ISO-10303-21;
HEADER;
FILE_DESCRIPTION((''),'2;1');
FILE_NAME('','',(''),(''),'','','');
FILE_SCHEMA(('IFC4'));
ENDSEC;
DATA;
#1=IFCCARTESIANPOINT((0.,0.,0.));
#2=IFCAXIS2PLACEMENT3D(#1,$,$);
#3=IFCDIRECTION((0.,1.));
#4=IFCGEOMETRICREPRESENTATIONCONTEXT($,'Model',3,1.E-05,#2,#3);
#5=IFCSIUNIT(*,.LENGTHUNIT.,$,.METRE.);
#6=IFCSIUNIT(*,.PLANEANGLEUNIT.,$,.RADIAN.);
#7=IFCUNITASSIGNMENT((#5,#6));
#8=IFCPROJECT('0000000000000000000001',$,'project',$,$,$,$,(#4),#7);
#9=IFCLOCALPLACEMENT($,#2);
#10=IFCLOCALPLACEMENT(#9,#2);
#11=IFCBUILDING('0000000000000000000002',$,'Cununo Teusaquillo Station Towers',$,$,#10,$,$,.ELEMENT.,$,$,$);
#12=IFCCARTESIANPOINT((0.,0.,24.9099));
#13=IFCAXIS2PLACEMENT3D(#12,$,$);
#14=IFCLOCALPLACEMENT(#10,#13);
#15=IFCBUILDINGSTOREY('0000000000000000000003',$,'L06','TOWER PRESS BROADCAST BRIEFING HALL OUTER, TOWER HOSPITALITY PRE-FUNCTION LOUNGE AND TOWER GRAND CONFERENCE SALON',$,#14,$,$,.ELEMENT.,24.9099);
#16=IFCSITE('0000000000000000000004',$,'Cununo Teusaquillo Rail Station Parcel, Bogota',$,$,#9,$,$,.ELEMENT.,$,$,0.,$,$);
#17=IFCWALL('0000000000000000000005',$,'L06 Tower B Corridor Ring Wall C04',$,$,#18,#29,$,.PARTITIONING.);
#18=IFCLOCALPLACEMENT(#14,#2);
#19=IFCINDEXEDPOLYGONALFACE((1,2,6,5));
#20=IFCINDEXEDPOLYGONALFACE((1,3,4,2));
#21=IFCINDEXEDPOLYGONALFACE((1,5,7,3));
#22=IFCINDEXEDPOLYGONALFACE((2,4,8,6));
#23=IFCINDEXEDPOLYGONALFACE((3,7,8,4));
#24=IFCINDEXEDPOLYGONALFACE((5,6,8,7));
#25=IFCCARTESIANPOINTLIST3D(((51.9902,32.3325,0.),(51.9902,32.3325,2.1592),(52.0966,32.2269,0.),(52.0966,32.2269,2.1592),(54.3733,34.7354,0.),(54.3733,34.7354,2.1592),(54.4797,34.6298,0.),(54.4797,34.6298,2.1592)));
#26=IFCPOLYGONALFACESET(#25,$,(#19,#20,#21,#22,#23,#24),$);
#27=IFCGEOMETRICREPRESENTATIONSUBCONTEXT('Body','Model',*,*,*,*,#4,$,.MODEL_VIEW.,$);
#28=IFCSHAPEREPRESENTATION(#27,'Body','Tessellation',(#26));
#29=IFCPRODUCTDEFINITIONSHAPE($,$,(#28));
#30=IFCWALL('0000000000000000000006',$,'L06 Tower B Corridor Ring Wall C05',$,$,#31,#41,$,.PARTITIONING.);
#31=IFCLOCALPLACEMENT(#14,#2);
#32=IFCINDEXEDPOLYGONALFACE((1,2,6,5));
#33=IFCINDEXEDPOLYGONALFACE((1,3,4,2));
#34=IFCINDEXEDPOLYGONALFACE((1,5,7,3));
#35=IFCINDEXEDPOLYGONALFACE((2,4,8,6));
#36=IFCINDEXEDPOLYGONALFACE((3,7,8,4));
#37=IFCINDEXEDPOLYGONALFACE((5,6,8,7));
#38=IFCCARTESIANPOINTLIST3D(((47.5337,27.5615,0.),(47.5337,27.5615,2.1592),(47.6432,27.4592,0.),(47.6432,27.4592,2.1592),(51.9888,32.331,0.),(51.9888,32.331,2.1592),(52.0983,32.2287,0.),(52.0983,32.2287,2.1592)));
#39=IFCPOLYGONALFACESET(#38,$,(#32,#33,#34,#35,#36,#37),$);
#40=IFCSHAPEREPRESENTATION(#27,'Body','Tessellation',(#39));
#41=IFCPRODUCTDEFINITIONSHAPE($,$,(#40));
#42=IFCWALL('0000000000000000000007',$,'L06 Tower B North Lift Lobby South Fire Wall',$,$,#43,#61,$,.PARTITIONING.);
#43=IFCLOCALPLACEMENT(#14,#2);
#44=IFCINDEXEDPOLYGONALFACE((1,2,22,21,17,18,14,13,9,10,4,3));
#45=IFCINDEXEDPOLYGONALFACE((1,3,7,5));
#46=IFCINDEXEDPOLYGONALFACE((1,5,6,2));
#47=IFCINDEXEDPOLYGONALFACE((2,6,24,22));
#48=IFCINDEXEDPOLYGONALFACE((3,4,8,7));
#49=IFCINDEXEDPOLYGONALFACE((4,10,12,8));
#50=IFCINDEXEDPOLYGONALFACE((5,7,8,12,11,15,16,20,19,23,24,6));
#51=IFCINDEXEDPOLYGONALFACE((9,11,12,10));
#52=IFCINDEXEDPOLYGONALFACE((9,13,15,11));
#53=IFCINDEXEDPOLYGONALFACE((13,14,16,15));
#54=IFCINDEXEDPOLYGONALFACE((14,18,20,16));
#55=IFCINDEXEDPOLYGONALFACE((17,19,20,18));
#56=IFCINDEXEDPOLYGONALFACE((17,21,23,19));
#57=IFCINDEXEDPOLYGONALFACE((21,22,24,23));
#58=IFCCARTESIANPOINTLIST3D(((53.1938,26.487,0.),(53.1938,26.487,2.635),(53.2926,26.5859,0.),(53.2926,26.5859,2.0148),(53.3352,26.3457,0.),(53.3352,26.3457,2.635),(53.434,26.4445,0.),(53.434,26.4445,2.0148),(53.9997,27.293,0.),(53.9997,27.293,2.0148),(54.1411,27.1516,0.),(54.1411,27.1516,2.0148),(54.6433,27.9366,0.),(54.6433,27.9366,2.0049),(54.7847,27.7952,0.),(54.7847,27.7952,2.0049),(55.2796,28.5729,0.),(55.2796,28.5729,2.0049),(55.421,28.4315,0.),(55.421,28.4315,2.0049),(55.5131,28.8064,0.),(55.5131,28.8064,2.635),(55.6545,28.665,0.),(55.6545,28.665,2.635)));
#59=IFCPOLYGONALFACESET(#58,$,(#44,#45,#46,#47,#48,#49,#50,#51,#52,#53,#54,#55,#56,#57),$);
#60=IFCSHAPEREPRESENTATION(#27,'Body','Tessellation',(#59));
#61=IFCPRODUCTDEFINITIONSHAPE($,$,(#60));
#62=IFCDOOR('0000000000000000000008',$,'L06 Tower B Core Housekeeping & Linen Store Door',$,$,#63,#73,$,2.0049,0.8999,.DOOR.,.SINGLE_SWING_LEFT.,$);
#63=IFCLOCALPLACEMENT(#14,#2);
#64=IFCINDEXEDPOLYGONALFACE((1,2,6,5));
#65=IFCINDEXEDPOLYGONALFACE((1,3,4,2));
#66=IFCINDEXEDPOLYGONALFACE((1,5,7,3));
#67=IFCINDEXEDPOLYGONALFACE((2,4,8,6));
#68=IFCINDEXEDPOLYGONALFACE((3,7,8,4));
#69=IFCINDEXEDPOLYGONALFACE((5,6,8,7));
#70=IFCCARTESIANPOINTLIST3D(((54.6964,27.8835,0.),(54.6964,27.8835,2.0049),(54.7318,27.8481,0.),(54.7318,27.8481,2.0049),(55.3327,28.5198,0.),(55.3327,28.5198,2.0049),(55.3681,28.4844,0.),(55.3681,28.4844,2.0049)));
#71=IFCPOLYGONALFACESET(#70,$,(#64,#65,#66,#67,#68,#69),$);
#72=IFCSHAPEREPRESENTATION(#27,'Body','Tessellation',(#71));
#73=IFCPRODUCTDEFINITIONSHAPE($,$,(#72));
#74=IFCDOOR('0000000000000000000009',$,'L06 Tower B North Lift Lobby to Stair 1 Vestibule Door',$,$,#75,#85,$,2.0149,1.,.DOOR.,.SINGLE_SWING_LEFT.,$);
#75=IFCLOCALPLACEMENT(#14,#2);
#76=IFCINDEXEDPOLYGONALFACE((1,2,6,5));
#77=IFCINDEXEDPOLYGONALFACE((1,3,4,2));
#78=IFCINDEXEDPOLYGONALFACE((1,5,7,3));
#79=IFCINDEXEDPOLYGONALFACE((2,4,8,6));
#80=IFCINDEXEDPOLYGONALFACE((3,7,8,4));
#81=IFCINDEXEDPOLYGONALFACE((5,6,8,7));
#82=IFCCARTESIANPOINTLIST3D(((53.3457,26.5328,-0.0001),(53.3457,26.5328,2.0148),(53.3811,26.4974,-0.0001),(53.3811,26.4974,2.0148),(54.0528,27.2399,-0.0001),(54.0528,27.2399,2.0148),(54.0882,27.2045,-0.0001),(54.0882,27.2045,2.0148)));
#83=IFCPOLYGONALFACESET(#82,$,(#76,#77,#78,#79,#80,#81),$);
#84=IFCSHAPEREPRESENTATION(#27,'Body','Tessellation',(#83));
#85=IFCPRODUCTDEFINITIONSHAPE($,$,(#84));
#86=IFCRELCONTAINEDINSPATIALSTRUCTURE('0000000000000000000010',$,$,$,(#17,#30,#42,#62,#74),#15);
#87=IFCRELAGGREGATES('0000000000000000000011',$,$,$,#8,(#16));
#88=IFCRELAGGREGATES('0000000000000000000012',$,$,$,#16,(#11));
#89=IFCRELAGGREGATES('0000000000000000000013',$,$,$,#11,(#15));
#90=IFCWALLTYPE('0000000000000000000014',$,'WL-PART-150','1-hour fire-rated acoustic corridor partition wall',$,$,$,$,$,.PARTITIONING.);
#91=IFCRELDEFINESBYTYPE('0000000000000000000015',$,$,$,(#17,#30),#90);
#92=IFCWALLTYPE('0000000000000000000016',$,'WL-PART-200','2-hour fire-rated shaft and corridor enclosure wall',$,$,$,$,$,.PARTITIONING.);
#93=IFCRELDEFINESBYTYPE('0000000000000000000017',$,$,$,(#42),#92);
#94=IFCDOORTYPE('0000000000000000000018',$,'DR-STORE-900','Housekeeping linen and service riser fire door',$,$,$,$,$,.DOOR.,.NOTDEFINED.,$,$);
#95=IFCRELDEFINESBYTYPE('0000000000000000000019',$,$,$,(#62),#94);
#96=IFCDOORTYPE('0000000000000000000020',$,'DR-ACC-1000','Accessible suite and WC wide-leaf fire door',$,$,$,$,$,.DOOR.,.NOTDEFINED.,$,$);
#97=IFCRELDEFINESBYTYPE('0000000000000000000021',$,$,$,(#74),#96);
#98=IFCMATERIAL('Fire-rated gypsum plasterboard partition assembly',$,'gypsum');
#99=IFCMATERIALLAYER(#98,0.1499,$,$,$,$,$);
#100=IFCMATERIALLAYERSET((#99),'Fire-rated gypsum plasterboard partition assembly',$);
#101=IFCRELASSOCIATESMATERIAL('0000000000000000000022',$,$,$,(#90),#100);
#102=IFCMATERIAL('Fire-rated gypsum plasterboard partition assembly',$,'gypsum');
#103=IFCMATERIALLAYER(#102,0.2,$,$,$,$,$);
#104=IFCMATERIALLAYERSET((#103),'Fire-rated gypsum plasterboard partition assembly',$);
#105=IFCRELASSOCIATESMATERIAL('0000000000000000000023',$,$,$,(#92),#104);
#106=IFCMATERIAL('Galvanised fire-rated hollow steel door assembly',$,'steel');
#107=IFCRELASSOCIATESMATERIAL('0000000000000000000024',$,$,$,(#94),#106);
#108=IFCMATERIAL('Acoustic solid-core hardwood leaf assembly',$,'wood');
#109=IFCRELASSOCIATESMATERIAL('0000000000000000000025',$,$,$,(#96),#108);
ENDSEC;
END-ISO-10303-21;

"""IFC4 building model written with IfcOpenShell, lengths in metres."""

from ifc_helpers import new_model, si_unit, direction, frame, frame_2d, origin, place, context, subcontext, project, spatial, rectangle, extrude, source, transform, mapped, material, layer, layer_set, type_object, element, fill, save


model = new_model("IFC4")

# Units and contexts
model_context = context("Model", 3, precision=1e-05, world=origin(), true_north=direction((0.0, 1.0)))
body_context = subcontext(model_context, "Body", "Model", "MODEL_VIEW")
ifc_project = project(units=[si_unit("LENGTHUNIT", "METRE"), si_unit("PLANEANGLEUNIT", "RADIAN")], contexts=[model_context])

# Site, building, storey
site_placement = place(None, origin())
site = spatial("IfcSite", under=ifc_project, at=site_placement, Name="Cununo Teusaquillo Rail Station Parcel, Bogota", CompositionType="ELEMENT", RefElevation=0.0)
building_placement = place(site_placement, origin())
building = spatial("IfcBuilding", under=site, at=building_placement, Name="Cununo Teusaquillo Station Towers", CompositionType="ELEMENT")
storey_placement = place(building_placement, frame((0.0, 0.0, 24.9099)))
storey = spatial("IfcBuildingStorey", under=building, at=storey_placement, Name="L06", Description="TOWER PRESS BROADCAST BRIEFING HALL OUTER, TOWER HOSPITALITY PRE-FUNCTION LOUNGE AND TOWER GRAND CONFERENCE SALON", CompositionType="ELEMENT", Elevation=24.9099)

# Shared definitions
shared_shape_1 = source(origin(), body_context, "Body", "SweptSolid", [
    extrude(rectangle(XDim=0.8999, YDim=2.0049, at=frame_2d((0.45, 1.0024))), frame((0.0, 0.0249, 0.0), z_axis=(0.0, -1.0, 0.0), x_axis=(1.0, 0.0, 0.0)), (0.0, 0.0, 1.0), 0.05),
])
ifc_material_1 = material(Name="Fire-rated gypsum plasterboard partition assembly", Category="gypsum")
ifc_layer_1 = layer(ifc_material_1, 0.1499)
ifc_layer_set_1 = layer_set([ifc_layer_1], Name="Fire-rated gypsum plasterboard partition assembly")
wall_type_1 = type_object("IfcWallType", Name="WL-PART-150", Description="1-hour fire-rated acoustic corridor partition wall", PredefinedType="PARTITIONING", material=ifc_layer_set_1)

# Walls
wall_1_placement = place(storey_placement, frame((54.4265, 34.6826, 0.0), z_axis=(0.0, 0.0, 1.0), x_axis=(-0.704179, -0.710022, 0.0)))
element("IfcWall", 1, at=wall_1_placement, inside=storey, type_object=wall_type_1, Name="L06 Tower B Corridor Ring Wall C04", PredefinedType="PARTITIONING", context=body_context, shape_type="SweptSolid", body=[
    extrude(rectangle(XDim=3.3843, YDim=0.1499, at=frame_2d((1.6921, 0.0))), origin(), (0.0, 0.0, 1.0), 2.1592),
])
wall_2_placement = place(storey_placement, frame((52.0435, 32.2798, 0.0), z_axis=(0.0, 0.0, 1.0), x_axis=(-0.682606, -0.730787, 0.0)))
element("IfcWall", 2, at=wall_2_placement, inside=storey, type_object=wall_type_1, Name="L06 Tower B Corridor Ring Wall C05", PredefinedType="PARTITIONING", context=body_context, shape_type="SweptSolid", body=[
    extrude(rectangle(XDim=6.5266, YDim=0.1499, at=frame_2d((3.2632, 0.0))), origin(), (0.0, 0.0, 1.0), 2.1592),
])

# Wall, openings, doors
ifc_material_2 = material(Name="Fire-rated gypsum plasterboard partition assembly", Category="gypsum")
ifc_layer_2 = layer(ifc_material_2, 0.2)
ifc_layer_set_2 = layer_set([ifc_layer_2], Name="Fire-rated gypsum plasterboard partition assembly")
wall_type_2 = type_object("IfcWallType", Name="WL-PART-200", Description="2-hour fire-rated shaft and corridor enclosure wall", PredefinedType="PARTITIONING", material=ifc_layer_set_2)
wall_3_placement = place(storey_placement, frame((53.2644, 26.4163, 0.0), z_axis=(0.0, 0.0, 1.0), x_axis=(0.707107, 0.707107, 0.0)))
wall_3 = element("IfcWall", 3, at=wall_3_placement, inside=storey, type_object=wall_type_2, Name="L06 Tower B North Lift Lobby South Fire Wall", PredefinedType="PARTITIONING", context=body_context, shape_type="SweptSolid", body=[
    extrude(rectangle(XDim=3.28, YDim=0.2, at=frame_2d((1.6401, 0.0))), origin(), (0.0, 0.0, 1.0), 2.635),
])
shared_shape_2 = source(origin(), body_context, "Body", "SweptSolid", [
    extrude(rectangle(XDim=1.0, YDim=2.0149, at=frame_2d((0.5, 1.0073))), frame((0.0, 0.1099, 0.0), z_axis=(0.0, -1.0, 0.0), x_axis=(1.0, 0.0, 0.0)), (0.0, 0.0, 1.0), 0.22),
])
opening_1_placement = place(wall_3_placement, frame((0.1399, 0.0, 0.0)))
opening_1 = element("IfcOpeningElement", 4, at=opening_1_placement, cuts=wall_3, PredefinedType="OPENING", context=body_context, shape_type="MappedRepresentation", body=[
    mapped(shared_shape_2, transform((0.0, 0.0, 0.0), x_axis=(1.0, 0.0, 0.0), y_axis=(0.0, 1.0, 0.0), z_axis=(0.0, 0.0, 1.0), scale=1.0)),
])
shared_shape_3 = source(origin(), body_context, "Body", "SweptSolid", [
    extrude(rectangle(XDim=0.8999, YDim=2.0049, at=frame_2d((0.45, 1.0024))), frame((0.0, 0.1099, 0.0), z_axis=(0.0, -1.0, 0.0), x_axis=(1.0, 0.0, 0.0)), (0.0, 0.0, 1.0), 0.22),
])
opening_2_placement = place(wall_3_placement, frame((2.05, 0.0, 0.0)))
opening_2 = element("IfcOpeningElement", 5, at=opening_2_placement, cuts=wall_3, PredefinedType="OPENING", context=body_context, shape_type="MappedRepresentation", body=[
    mapped(shared_shape_3, transform((0.0, 0.0, 0.0), x_axis=(1.0, 0.0, 0.0), y_axis=(0.0, 1.0, 0.0), z_axis=(0.0, 0.0, 1.0), scale=1.0)),
])
ifc_material_3 = material(Name="Galvanised fire-rated hollow steel door assembly", Category="steel")
door_type_1 = type_object("IfcDoorType", Name="DR-STORE-900", Description="Housekeeping linen and service riser fire door", OperationType="NOTDEFINED", PredefinedType="DOOR", material=ifc_material_3)
door_1_placement = place(opening_2_placement, origin())
door_1 = element("IfcDoor", 6, at=door_1_placement, inside=storey, type_object=door_type_1, Name="L06 Tower B Core Housekeeping & Linen Store Door", OperationType="SINGLE_SWING_LEFT", OverallHeight=2.0049, OverallWidth=0.8999, PredefinedType="DOOR", context=body_context, shape_type="MappedRepresentation", body=[
    mapped(shared_shape_1, transform((0.0, 0.0, 0.0), x_axis=(1.0, 0.0, 0.0), y_axis=(0.0, 1.0, 0.0), z_axis=(0.0, 0.0, 1.0), scale=1.0)),
])
fill(opening_2, door_1)
ifc_material_4 = material(Name="Acoustic solid-core hardwood leaf assembly", Category="wood")
door_type_2 = type_object("IfcDoorType", Name="DR-ACC-1000", Description="Accessible suite and WC wide-leaf fire door", OperationType="NOTDEFINED", PredefinedType="DOOR", material=ifc_material_4)
shared_shape_4 = source(origin(), body_context, "Body", "SweptSolid", [
    extrude(rectangle(XDim=1.0, YDim=2.0149, at=frame_2d((0.5, 1.0073))), frame((0.0, 0.0249, 0.0), z_axis=(0.0, -1.0, 0.0), x_axis=(1.0, 0.0, 0.0)), (0.0, 0.0, 1.0), 0.05),
])
door_2_placement = place(opening_1_placement, origin())
door_2 = element("IfcDoor", 7, at=door_2_placement, inside=storey, type_object=door_type_2, Name="L06 Tower B North Lift Lobby to Stair 1 Vestibule Door", OperationType="SINGLE_SWING_LEFT", OverallHeight=2.0149, OverallWidth=1.0, PredefinedType="DOOR", context=body_context, shape_type="MappedRepresentation", body=[
    mapped(shared_shape_4, transform((0.0, 0.0, 0.0), x_axis=(1.0, 0.0, 0.0), y_axis=(0.0, 1.0, 0.0), z_axis=(0.0, 0.0, 1.0), scale=1.0)),
])
fill(opening_1, door_2)

save(model, "model.ifc")
